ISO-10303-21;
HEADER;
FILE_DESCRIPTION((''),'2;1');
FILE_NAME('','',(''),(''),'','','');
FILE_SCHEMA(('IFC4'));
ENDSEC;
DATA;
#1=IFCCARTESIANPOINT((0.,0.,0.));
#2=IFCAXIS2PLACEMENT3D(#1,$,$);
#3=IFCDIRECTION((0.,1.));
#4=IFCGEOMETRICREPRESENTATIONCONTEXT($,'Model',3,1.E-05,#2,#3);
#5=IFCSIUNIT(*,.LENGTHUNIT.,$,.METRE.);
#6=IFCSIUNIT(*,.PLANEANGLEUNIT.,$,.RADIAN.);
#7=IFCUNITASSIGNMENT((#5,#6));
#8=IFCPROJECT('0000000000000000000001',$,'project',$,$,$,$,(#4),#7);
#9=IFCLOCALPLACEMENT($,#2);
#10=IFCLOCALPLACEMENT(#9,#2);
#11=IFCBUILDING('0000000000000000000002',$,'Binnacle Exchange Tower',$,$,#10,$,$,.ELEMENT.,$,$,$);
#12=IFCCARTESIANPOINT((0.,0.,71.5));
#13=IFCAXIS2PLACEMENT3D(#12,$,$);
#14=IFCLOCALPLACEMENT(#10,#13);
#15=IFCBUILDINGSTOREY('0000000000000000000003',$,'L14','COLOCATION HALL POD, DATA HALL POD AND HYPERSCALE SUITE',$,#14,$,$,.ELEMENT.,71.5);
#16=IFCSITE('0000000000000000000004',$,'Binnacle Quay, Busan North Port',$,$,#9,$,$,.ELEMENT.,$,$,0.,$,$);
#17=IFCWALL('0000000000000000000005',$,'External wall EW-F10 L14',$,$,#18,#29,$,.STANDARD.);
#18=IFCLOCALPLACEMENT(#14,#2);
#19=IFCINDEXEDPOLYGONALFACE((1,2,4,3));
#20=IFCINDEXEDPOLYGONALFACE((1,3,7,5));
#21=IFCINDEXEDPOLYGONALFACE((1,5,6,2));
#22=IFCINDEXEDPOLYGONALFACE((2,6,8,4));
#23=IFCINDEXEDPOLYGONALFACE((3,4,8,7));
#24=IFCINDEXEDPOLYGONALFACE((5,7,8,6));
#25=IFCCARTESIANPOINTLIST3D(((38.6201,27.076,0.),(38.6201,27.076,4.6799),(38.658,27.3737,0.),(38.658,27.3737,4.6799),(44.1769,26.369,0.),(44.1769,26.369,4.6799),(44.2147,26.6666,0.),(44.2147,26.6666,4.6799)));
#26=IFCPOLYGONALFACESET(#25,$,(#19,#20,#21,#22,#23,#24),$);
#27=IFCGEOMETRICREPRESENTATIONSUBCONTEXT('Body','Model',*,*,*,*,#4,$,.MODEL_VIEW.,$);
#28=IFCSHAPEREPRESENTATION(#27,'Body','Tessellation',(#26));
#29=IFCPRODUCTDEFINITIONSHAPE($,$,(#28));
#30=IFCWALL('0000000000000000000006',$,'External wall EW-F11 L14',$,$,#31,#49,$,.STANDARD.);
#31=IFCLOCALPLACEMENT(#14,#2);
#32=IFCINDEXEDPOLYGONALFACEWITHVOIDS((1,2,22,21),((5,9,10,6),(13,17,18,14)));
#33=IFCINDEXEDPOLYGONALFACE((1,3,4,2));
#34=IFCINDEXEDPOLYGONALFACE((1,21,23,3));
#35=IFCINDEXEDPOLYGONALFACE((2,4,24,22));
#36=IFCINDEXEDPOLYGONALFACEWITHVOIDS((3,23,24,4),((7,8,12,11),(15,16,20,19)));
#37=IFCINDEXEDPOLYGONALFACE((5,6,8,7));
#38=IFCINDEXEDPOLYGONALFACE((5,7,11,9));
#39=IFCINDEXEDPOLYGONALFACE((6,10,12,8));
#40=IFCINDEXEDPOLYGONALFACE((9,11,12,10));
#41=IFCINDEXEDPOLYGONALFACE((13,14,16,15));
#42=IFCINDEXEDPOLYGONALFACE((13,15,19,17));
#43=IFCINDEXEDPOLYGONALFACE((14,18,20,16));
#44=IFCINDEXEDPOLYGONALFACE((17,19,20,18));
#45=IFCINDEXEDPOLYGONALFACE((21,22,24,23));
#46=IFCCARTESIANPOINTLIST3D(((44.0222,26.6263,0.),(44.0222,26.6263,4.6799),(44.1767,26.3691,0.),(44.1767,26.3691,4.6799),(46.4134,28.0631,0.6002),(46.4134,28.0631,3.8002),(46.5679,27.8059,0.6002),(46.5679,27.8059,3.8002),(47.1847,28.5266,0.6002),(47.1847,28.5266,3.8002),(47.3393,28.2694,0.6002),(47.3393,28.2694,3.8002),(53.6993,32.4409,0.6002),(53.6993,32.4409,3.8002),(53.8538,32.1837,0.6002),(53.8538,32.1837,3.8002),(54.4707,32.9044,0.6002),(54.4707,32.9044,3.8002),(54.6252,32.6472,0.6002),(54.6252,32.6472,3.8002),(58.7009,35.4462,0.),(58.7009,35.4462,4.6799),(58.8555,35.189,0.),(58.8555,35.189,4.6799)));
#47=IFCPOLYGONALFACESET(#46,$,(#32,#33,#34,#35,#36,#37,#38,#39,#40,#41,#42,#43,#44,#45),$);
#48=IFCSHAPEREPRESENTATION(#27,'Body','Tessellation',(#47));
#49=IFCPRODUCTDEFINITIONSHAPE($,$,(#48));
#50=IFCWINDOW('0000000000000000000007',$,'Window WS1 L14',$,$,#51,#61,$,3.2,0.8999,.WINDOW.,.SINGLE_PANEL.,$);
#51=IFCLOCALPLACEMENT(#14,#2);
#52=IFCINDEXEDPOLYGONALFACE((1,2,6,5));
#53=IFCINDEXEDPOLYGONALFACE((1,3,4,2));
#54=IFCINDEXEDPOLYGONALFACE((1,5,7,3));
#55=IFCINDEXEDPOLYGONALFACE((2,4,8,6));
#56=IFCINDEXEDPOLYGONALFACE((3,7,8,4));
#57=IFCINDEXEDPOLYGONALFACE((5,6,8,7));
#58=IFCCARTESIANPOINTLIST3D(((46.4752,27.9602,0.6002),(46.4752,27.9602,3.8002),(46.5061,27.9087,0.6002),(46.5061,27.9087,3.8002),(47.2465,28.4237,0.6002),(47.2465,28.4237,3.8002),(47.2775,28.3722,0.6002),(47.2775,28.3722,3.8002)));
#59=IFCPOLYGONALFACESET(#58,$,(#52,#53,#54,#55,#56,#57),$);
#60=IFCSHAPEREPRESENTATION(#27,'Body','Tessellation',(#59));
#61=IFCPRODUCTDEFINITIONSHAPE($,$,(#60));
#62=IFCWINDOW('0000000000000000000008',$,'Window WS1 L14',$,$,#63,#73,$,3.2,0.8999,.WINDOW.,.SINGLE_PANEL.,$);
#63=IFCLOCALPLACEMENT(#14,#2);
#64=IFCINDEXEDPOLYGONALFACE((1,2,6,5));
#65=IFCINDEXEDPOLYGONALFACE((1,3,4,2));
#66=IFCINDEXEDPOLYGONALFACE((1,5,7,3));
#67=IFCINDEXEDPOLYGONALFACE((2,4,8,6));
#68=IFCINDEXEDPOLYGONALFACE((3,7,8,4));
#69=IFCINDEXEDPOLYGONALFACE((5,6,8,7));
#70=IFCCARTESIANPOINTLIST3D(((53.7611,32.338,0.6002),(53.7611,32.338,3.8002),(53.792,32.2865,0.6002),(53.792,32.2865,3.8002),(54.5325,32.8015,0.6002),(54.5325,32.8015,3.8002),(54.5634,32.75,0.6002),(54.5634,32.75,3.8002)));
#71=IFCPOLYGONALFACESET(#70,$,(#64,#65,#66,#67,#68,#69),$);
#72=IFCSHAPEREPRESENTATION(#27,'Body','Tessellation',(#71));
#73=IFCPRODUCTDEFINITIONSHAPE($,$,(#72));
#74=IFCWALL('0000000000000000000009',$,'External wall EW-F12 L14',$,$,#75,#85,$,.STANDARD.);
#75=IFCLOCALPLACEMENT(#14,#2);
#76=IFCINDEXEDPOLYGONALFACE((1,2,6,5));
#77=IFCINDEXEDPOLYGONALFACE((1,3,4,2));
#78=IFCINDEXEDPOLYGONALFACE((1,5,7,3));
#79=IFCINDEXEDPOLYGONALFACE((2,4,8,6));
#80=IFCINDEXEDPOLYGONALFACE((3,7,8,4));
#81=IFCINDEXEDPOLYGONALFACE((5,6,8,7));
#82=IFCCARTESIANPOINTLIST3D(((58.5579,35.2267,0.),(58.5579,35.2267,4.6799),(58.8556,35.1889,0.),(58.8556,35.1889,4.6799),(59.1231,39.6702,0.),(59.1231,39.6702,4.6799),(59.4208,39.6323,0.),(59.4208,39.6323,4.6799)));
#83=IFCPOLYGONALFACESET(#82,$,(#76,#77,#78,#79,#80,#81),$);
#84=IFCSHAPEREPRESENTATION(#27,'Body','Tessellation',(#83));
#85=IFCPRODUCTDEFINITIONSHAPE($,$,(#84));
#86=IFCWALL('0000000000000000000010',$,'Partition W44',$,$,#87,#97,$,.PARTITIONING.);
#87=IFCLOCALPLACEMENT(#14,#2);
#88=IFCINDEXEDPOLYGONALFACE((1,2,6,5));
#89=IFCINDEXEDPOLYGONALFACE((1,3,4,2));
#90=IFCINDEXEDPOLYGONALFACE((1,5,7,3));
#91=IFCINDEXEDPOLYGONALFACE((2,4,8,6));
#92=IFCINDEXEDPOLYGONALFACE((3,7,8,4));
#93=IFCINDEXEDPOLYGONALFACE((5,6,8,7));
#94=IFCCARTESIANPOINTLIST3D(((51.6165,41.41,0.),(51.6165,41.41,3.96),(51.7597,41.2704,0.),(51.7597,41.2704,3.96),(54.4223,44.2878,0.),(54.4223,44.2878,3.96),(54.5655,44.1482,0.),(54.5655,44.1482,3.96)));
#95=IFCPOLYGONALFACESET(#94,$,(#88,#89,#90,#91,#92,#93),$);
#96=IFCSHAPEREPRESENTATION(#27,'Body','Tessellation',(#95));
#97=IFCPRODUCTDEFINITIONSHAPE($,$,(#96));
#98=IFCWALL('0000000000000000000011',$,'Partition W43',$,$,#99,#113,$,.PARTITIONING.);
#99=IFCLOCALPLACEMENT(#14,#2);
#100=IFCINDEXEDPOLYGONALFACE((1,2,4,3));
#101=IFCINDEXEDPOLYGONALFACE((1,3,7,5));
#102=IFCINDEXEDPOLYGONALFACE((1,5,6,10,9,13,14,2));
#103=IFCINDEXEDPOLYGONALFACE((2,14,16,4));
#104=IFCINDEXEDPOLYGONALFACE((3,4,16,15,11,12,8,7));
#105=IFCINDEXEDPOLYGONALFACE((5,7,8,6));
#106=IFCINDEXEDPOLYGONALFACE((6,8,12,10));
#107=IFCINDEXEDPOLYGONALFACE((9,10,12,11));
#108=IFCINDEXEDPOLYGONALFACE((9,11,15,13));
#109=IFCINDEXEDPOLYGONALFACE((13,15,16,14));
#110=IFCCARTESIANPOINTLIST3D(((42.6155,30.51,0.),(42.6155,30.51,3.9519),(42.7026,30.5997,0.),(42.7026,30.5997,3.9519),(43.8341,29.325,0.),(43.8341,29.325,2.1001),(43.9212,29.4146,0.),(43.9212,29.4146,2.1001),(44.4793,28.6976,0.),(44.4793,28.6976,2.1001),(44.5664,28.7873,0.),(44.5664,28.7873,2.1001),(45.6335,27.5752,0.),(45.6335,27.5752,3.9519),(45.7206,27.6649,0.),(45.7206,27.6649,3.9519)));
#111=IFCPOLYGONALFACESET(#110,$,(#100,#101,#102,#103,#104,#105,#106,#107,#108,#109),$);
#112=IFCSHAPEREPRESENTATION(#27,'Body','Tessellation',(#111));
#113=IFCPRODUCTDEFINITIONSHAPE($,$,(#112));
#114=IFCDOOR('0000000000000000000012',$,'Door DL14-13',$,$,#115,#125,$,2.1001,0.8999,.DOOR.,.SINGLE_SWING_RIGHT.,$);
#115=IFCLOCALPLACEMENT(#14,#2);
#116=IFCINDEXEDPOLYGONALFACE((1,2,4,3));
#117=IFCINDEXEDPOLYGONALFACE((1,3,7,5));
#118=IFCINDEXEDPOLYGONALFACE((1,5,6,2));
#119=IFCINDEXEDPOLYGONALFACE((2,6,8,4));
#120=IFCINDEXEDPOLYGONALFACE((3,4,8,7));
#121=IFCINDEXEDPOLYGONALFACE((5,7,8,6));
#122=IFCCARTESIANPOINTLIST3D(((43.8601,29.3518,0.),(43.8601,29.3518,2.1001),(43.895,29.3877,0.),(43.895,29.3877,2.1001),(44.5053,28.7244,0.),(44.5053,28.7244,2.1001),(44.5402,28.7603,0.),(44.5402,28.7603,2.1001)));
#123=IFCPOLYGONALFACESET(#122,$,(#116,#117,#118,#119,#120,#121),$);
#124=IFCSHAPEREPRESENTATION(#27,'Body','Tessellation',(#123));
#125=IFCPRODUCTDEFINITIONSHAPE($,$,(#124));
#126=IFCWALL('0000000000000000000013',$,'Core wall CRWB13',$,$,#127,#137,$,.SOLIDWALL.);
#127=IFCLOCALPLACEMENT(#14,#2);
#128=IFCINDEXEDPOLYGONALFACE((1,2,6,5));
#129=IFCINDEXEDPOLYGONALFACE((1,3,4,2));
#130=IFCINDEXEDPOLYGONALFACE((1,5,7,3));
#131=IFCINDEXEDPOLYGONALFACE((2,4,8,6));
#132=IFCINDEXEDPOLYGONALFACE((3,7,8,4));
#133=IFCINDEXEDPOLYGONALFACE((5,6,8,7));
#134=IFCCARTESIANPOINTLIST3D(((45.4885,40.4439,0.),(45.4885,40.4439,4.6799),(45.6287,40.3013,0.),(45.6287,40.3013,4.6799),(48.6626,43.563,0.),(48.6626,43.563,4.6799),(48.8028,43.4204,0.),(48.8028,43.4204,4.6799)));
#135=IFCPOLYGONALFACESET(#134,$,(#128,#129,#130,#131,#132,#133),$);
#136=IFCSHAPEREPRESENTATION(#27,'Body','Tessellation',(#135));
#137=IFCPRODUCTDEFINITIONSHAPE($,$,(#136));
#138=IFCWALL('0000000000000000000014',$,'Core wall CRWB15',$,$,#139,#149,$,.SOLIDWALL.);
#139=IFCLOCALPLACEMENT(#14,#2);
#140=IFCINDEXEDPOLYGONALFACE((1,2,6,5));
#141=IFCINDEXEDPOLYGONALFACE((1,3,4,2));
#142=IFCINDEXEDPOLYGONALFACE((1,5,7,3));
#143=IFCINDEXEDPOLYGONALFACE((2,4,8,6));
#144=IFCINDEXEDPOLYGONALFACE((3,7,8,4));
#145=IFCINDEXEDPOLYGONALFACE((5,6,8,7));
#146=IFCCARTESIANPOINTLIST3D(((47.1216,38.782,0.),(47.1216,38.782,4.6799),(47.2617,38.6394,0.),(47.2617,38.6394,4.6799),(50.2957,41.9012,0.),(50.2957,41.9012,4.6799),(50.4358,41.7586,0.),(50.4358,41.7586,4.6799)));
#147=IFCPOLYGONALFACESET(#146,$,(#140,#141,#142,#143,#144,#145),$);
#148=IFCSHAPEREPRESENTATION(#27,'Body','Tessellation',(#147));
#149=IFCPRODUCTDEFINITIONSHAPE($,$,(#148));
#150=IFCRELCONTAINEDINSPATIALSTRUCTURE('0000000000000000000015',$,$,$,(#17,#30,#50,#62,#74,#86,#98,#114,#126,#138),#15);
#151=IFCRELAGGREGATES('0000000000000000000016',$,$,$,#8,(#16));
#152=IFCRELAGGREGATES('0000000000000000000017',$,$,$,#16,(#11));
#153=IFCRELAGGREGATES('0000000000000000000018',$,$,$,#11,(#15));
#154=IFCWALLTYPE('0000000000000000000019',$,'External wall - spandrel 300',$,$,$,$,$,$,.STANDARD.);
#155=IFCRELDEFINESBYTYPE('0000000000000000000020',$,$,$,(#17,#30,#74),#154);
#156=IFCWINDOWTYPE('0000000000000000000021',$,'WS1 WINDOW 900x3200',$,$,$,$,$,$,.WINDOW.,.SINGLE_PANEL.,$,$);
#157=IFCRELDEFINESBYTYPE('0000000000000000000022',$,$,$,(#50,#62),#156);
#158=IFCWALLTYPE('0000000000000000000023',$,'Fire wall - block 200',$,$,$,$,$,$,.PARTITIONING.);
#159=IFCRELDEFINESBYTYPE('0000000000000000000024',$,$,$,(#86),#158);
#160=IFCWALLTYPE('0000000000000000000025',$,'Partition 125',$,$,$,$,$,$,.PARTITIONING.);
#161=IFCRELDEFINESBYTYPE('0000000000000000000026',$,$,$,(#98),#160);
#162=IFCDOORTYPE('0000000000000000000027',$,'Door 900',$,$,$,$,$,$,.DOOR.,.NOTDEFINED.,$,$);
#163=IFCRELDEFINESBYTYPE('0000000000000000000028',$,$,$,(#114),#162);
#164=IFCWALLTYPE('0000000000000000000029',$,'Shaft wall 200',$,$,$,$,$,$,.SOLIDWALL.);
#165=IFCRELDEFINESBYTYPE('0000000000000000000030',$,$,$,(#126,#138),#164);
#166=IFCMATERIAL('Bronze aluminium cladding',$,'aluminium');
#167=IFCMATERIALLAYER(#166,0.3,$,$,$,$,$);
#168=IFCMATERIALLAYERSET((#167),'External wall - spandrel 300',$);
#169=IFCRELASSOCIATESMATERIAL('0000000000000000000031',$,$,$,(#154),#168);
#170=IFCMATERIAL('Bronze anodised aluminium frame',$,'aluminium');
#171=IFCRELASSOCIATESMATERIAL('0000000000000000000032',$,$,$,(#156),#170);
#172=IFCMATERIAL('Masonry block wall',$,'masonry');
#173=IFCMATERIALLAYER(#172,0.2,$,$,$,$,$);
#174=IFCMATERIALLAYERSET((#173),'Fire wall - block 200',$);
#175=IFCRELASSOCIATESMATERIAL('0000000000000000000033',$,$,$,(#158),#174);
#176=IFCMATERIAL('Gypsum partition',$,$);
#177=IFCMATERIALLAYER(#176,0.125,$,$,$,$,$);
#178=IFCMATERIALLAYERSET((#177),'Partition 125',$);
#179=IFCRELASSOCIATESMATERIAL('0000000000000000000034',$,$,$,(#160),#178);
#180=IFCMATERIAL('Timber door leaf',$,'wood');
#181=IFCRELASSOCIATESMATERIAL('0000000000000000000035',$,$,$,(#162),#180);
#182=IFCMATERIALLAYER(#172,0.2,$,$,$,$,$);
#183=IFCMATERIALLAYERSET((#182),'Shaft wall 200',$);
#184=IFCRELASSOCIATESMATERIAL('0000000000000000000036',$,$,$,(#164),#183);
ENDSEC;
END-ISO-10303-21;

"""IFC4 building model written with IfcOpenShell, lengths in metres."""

from ifc_helpers import new_model, si_unit, direction, frame, frame_2d, origin, place, context, subcontext, project, spatial, rectangle, extrude, material, layer, layer_set, type_object, element, fill, save


model = new_model("IFC4")

# Units and contexts
model_context = context("Model", 3, precision=1e-05, world=origin(), true_north=direction((0.0, 1.0)))
body_context = subcontext(model_context, "Body", "Model", "MODEL_VIEW")
ifc_project = project(units=[si_unit("LENGTHUNIT", "METRE"), si_unit("PLANEANGLEUNIT", "RADIAN")], contexts=[model_context])

# Site, building, storey
site_placement = place(None, origin())
site = spatial("IfcSite", under=ifc_project, at=site_placement, Name="Binnacle Quay, Busan North Port", CompositionType="ELEMENT", RefElevation=0.0)
building_placement = place(site_placement, origin())
building = spatial("IfcBuilding", under=site, at=building_placement, Name="Binnacle Exchange Tower", CompositionType="ELEMENT")
storey_placement = place(building_placement, frame((0.0, 0.0, 71.5)))
storey = spatial("IfcBuildingStorey", under=building, at=storey_placement, Name="L14", Description="COLOCATION HALL POD, DATA HALL POD AND HYPERSCALE SUITE", CompositionType="ELEMENT", Elevation=71.5)

# Wall
ifc_material_1 = material(Name="Bronze aluminium cladding", Category="aluminium")
ifc_layer_1 = layer(ifc_material_1, 0.3)
ifc_layer_set_1 = layer_set([ifc_layer_1], Name="External wall - spandrel 300")
wall_type_1 = type_object("IfcWallType", Name="External wall - spandrel 300", PredefinedType="STANDARD", material=ifc_layer_set_1)
wall_1_placement = place(storey_placement, frame((44.1958, 26.5178, 0.0), z_axis=(0.0, 0.0, 1.0), x_axis=(-0.992002, 0.126223, 0.0)))
element("IfcWall", 1, at=wall_1_placement, inside=storey, type_object=wall_type_1, Name="External wall EW-F10 L14", PredefinedType="STANDARD", context=body_context, shape_type="SweptSolid", body=[
    extrude(rectangle(XDim=5.6016, YDim=0.3, at=frame_2d((2.8008, 0.0))), origin(), (0.0, 0.0, 1.0), 4.6799),
])

# Wall, openings, windows
wall_2_placement = place(storey_placement, frame((58.7783, 35.3176, 0.0), z_axis=(0.0, 0.0, 1.0), x_axis=(-0.857168, -0.515037, 0.0)))
wall_2 = element("IfcWall", 2, at=wall_2_placement, inside=storey, type_object=wall_type_1, Name="External wall EW-F11 L14", PredefinedType="STANDARD", context=body_context, shape_type="SweptSolid", body=[
    extrude(rectangle(XDim=17.1248, YDim=0.3, at=frame_2d((8.5625, 0.0))), origin(), (0.0, 0.0, 1.0), 4.6799),
])
opening_1_placement = place(wall_2_placement, frame((13.4353, 0.0, 0.6001)))
opening_1 = element("IfcOpeningElement", 3, at=opening_1_placement, cuts=wall_2, PredefinedType="OPENING", context=body_context, shape_type="SweptSolid", body=[
    extrude(rectangle(XDim=0.8999, YDim=3.2, at=frame_2d((0.45, 1.6001))), frame((0.0, 0.1599, 0.0), z_axis=(0.0, -1.0, 0.0), x_axis=(1.0, 0.0, 0.0)), (0.0, 0.0, 1.0), 0.3201),
])
opening_2_placement = place(wall_2_placement, frame((4.9353, 0.0, 0.6001)))
opening_2 = element("IfcOpeningElement", 4, at=opening_2_placement, cuts=wall_2, PredefinedType="OPENING", context=body_context, shape_type="SweptSolid", body=[
    extrude(rectangle(XDim=0.8999, YDim=3.2, at=frame_2d((0.45, 1.6001))), frame((0.0, 0.1599, 0.0), z_axis=(0.0, -1.0, 0.0), x_axis=(1.0, 0.0, 0.0)), (0.0, 0.0, 1.0), 0.3201),
])
ifc_material_2 = material(Name="Bronze anodised aluminium frame", Category="aluminium")
window_type = type_object("IfcWindowType", Name="WS1 WINDOW 900x3200", PartitioningType="SINGLE_PANEL", PredefinedType="WINDOW", material=ifc_material_2)
window_1_placement = place(opening_1_placement, origin())
window_1 = element("IfcWindow", 5, at=window_1_placement, inside=storey, type_object=window_type, Name="Window WS1 L14", OverallHeight=3.2, OverallWidth=0.8999, PartitioningType="SINGLE_PANEL", PredefinedType="WINDOW", context=body_context, shape_type="SweptSolid", body=[
    extrude(rectangle(XDim=0.8999, YDim=3.2, at=frame_2d((0.45, 1.6001))), frame((0.0, 0.03, 0.0), z_axis=(0.0, -1.0, 0.0), x_axis=(1.0, 0.0, 0.0)), (0.0, 0.0, 1.0), 0.0601),
])
fill(opening_1, window_1)
window_2_placement = place(opening_2_placement, origin())
window_2 = element("IfcWindow", 6, at=window_2_placement, inside=storey, type_object=window_type, Name="Window WS1 L14", OverallHeight=3.2, OverallWidth=0.8999, PartitioningType="SINGLE_PANEL", PredefinedType="WINDOW", context=body_context, shape_type="SweptSolid", body=[
    extrude(rectangle(XDim=0.8999, YDim=3.2, at=frame_2d((0.45, 1.6001))), frame((0.0, 0.03, 0.0), z_axis=(0.0, -1.0, 0.0), x_axis=(1.0, 0.0, 0.0)), (0.0, 0.0, 1.0), 0.0601),
])
fill(opening_2, window_2)

# Walls
wall_3_placement = place(storey_placement, frame((59.272, 39.6514, 0.0), z_axis=(0.0, 0.0, 1.0), x_axis=(-0.126181, -0.992007, 0.0)))
element("IfcWall", 7, at=wall_3_placement, inside=storey, type_object=wall_type_1, Name="External wall EW-F12 L14", PredefinedType="STANDARD", context=body_context, shape_type="SweptSolid", body=[
    extrude(rectangle(XDim=4.4792, YDim=0.3, at=frame_2d((2.2397, 0.0))), origin(), (0.0, 0.0, 1.0), 4.6799),
])
ifc_material_3 = material(Name="Masonry block wall", Category="masonry")
ifc_layer_2 = layer(ifc_material_3, 0.2)
ifc_layer_set_2 = layer_set([ifc_layer_2], Name="Fire wall - block 200")
wall_type_2 = type_object("IfcWallType", Name="Fire wall - block 200", PredefinedType="PARTITIONING", material=ifc_layer_set_2)
wall_4_placement = place(storey_placement, frame((51.688, 41.3401, 0.0), z_axis=(0.0, 0.0, 1.0), x_axis=(0.698091, 0.716009, 0.0)))
element("IfcWall", 8, at=wall_4_placement, inside=storey, type_object=wall_type_2, Name="Partition W44", PredefinedType="PARTITIONING", context=body_context, shape_type="SweptSolid", body=[
    extrude(rectangle(XDim=4.0193, YDim=0.2, at=frame_2d((2.0098, 0.0))), origin(), (0.0, 0.0, 1.0), 3.96),
])

# Wall, opening, door
ifc_material_4 = material(Name="Gypsum partition")
ifc_layer_3 = layer(ifc_material_4, 0.125)
ifc_layer_set_3 = layer_set([ifc_layer_3], Name="Partition 125")
wall_type_3 = type_object("IfcWallType", Name="Partition 125", PredefinedType="PARTITIONING", material=ifc_layer_set_3)
wall_5_placement = place(storey_placement, frame((42.6589, 30.5549, 0.0), z_axis=(0.0, 0.0, 1.0), x_axis=(0.716926, -0.69715, 0.0)))
wall_5 = element("IfcWall", 9, at=wall_5_placement, inside=storey, type_object=wall_type_3, Name="Partition W43", PredefinedType="PARTITIONING", context=body_context, shape_type="SweptSolid", body=[
    extrude(rectangle(XDim=4.2097, YDim=0.125, at=frame_2d((2.105, 0.0))), origin(), (0.0, 0.0, 1.0), 3.9519),
])
opening_3_placement = place(wall_5_placement, frame((1.7, 0.0, 0.0)))
opening_3 = element("IfcOpeningElement", 10, at=opening_3_placement, cuts=wall_5, PredefinedType="OPENING", context=body_context, shape_type="SweptSolid", body=[
    extrude(rectangle(XDim=0.8999, YDim=2.1001, at=frame_2d((0.45, 1.05))), frame((0.0, 0.0725, 0.0), z_axis=(0.0, -1.0, 0.0), x_axis=(1.0, 0.0, 0.0)), (0.0, 0.0, 1.0), 0.145),
])
ifc_material_5 = material(Name="Timber door leaf", Category="wood")
door_type_1 = type_object("IfcDoorType", Name="Door 900", OperationType="NOTDEFINED", PredefinedType="DOOR", material=ifc_material_5)
door_1_placement = place(opening_3_placement, origin())
door_1 = element("IfcDoor", 11, at=door_1_placement, inside=storey, type_object=door_type_1, Name="Door DL14-13", OperationType="SINGLE_SWING_RIGHT", OverallHeight=2.1001, OverallWidth=0.8999, PredefinedType="DOOR", context=body_context, shape_type="SweptSolid", body=[
    extrude(rectangle(XDim=0.8999, YDim=2.1001, at=frame_2d((0.45, 1.05))), frame((0.0, 0.0249, 0.0), z_axis=(0.0, -1.0, 0.0), x_axis=(1.0, 0.0, 0.0)), (0.0, 0.0, 1.0), 0.05),
])
fill(opening_3, door_1)

# Walls
ifc_layer_4 = layer(ifc_material_3, 0.2)
ifc_layer_set_4 = layer_set([ifc_layer_4], Name="Shaft wall 200")
wall_type_4 = type_object("IfcWallType", Name="Shaft wall 200", PredefinedType="SOLIDWALL", material=ifc_layer_set_4)
for number, where, z_axis, x_axis, name in (
    (12, (45.5586, 40.3726, 0.0), (0.0, 0.0, 1.0), (0.713252, 0.700908, 0.0), "Core wall CRWB13"),
    (13, (47.1917, 38.7107, 0.0), (0.0, 0.0, 1.0), (0.713252, 0.700908, 0.0), "Core wall CRWB15"),
):
    element("IfcWall", number, at=place(storey_placement, frame(where, z_axis=z_axis, x_axis=x_axis)), inside=storey, type_object=wall_type_4, Name=name, PredefinedType="SOLIDWALL", context=body_context, shape_type="SweptSolid", body=[
        extrude(rectangle(XDim=4.4502, YDim=0.2, at=frame_2d((2.2251, 0.0))), origin(), (0.0, 0.0, 1.0), 4.6799),
    ])

save(model, "model.ifc")
